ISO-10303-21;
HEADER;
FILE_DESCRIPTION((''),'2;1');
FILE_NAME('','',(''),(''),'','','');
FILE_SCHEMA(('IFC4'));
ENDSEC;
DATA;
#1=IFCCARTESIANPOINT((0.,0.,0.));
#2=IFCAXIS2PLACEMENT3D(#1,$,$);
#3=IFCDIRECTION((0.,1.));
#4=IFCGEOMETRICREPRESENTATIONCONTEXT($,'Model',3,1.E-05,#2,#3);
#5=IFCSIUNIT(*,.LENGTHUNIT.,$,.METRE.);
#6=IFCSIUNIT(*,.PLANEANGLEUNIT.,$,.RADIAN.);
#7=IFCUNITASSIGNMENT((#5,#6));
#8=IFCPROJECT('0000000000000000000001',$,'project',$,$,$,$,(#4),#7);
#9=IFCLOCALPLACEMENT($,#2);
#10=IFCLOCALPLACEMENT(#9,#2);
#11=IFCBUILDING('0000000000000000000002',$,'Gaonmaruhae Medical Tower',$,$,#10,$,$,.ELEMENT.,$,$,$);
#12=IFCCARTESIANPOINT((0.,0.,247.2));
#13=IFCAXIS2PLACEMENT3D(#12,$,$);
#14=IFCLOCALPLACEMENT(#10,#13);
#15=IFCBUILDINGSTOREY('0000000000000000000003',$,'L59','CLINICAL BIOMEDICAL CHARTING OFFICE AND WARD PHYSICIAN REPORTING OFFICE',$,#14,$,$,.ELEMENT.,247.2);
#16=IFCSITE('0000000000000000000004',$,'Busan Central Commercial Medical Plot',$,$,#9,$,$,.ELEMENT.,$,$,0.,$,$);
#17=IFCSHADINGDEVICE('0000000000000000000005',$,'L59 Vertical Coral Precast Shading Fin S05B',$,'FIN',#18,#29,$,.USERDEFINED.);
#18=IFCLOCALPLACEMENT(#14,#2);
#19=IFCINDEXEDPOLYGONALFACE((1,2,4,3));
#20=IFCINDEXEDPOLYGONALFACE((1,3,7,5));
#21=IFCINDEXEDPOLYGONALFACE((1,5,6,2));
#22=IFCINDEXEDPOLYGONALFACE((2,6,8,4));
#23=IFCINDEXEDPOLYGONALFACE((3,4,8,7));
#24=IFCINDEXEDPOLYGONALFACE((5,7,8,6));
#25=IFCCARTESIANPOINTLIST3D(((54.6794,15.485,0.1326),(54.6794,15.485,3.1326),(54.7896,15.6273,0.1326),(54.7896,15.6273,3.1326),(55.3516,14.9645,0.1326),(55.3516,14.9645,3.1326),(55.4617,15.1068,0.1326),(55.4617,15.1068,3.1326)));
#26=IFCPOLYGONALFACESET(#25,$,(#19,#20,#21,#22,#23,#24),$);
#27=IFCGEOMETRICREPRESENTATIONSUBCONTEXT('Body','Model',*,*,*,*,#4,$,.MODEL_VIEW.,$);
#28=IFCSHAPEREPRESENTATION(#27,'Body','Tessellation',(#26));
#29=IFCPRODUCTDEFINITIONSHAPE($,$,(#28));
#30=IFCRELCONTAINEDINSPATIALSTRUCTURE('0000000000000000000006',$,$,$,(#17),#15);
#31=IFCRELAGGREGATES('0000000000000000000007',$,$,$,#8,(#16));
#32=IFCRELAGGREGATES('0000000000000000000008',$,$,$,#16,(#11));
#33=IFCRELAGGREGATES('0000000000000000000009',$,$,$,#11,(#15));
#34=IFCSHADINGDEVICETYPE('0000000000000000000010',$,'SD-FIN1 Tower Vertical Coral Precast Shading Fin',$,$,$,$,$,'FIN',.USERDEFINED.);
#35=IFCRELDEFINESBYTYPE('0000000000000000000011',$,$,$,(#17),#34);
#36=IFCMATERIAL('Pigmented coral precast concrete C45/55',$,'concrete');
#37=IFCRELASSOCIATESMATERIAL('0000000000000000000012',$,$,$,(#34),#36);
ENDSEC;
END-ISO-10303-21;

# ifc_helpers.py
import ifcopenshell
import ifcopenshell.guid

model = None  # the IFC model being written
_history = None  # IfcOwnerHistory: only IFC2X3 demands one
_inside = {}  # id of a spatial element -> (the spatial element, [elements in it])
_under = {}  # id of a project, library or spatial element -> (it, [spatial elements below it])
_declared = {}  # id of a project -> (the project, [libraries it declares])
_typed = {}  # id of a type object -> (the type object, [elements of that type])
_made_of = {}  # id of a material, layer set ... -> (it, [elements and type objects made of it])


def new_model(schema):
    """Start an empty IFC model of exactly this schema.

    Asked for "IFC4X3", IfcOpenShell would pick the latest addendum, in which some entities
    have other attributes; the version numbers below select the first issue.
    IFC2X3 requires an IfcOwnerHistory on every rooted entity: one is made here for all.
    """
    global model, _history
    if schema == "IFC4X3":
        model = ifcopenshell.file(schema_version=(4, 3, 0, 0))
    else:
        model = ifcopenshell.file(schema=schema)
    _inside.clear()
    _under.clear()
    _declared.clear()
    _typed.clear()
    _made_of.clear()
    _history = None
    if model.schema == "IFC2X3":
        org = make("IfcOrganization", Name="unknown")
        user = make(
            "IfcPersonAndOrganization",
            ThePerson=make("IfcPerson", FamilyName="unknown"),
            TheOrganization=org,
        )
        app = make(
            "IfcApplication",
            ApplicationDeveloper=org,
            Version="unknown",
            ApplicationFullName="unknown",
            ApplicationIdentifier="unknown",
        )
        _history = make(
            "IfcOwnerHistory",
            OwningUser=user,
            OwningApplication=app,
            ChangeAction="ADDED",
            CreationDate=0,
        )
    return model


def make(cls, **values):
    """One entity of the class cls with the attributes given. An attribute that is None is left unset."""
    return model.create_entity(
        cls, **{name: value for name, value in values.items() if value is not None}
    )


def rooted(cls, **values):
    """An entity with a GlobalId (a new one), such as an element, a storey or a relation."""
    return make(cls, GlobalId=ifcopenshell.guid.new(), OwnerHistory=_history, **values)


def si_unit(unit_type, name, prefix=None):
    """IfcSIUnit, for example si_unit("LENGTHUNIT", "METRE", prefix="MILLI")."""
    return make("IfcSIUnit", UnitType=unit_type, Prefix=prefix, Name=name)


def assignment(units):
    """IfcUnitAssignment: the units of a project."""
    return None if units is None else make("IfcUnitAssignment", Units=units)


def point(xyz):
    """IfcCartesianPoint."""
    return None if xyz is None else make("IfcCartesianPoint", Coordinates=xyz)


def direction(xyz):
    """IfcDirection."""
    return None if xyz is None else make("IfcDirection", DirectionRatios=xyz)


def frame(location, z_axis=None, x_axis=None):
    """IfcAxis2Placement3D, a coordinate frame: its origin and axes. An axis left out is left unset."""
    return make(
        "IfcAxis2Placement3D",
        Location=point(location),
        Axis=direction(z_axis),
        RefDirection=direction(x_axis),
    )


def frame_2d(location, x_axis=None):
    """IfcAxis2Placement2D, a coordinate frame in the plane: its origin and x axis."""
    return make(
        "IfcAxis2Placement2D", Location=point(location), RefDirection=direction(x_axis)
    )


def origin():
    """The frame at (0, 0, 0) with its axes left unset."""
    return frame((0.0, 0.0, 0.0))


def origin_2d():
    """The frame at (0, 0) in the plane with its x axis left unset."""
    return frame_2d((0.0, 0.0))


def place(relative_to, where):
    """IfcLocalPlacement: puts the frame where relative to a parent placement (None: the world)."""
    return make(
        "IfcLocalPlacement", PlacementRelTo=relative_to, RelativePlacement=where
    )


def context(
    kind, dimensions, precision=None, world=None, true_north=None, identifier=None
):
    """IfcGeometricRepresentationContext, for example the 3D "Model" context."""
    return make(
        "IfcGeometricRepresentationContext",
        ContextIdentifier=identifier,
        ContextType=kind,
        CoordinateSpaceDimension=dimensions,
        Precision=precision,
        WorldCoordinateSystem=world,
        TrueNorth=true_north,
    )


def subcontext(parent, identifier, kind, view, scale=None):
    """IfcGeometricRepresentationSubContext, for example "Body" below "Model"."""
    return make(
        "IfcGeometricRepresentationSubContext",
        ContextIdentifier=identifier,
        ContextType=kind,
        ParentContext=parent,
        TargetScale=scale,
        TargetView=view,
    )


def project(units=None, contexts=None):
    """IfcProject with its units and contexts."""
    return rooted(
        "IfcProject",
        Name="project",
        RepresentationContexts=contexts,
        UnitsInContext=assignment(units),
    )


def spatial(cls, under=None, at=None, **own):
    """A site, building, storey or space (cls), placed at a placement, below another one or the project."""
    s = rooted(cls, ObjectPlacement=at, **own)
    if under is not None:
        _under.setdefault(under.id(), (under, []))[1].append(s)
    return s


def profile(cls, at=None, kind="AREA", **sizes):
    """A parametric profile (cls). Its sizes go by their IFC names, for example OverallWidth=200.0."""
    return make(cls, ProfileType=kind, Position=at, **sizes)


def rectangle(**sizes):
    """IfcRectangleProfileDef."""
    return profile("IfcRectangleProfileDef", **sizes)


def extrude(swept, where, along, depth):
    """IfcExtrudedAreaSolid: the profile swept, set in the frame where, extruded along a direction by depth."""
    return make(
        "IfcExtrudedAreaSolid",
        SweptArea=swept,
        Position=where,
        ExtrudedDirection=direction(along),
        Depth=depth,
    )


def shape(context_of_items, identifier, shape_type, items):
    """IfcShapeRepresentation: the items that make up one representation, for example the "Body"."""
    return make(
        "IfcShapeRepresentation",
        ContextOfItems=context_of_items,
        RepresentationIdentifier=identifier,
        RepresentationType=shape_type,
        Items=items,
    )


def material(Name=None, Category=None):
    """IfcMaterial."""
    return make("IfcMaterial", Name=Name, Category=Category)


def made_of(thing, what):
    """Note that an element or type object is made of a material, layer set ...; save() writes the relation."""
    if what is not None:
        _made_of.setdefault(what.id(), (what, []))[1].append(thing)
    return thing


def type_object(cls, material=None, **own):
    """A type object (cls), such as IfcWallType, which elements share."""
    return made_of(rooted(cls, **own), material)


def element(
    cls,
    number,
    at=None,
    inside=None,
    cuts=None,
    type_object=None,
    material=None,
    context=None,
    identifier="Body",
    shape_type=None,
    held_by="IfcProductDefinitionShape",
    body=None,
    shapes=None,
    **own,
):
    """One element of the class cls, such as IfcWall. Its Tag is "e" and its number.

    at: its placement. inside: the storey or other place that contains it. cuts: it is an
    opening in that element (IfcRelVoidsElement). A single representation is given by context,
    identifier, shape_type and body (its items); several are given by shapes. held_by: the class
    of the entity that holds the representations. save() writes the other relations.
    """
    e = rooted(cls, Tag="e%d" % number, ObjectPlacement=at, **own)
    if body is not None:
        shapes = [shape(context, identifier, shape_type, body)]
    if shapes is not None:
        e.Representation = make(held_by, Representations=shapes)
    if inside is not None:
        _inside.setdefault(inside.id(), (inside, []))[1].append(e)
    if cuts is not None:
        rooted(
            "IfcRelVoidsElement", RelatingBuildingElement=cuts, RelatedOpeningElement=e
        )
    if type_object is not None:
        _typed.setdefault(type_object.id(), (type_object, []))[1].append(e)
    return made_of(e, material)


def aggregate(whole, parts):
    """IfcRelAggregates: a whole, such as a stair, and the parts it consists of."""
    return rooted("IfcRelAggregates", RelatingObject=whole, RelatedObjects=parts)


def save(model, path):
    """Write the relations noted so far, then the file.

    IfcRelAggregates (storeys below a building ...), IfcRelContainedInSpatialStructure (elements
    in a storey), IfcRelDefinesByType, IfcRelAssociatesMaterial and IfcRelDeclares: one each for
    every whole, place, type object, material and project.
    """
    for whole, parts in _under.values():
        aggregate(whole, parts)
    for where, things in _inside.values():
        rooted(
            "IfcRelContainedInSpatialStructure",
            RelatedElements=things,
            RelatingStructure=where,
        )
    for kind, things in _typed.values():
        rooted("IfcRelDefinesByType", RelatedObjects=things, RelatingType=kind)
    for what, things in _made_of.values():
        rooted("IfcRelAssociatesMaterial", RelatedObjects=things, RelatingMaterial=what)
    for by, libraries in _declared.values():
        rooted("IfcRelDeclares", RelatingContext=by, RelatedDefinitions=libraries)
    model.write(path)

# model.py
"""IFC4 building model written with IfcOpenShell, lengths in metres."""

from ifc_helpers import new_model, si_unit, direction, frame, origin, origin_2d, place, context, subcontext, project, spatial, rectangle, extrude, material, type_object, element, save


model = new_model("IFC4")

# Units and contexts
model_context = context("Model", 3, precision=1e-05, world=origin(), true_north=direction((0.0, 1.0)))
body_context = subcontext(model_context, "Body", "Model", "MODEL_VIEW")
ifc_project = project(units=[si_unit("LENGTHUNIT", "METRE"), si_unit("PLANEANGLEUNIT", "RADIAN")], contexts=[model_context])

# Site, building, storey
site_placement = place(None, origin())
site = spatial("IfcSite", under=ifc_project, at=site_placement, Name="Busan Central Commercial Medical Plot", CompositionType="ELEMENT", RefElevation=0.0)
building_placement = place(site_placement, origin())
building = spatial("IfcBuilding", under=site, at=building_placement, Name="Gaonmaruhae Medical Tower", CompositionType="ELEMENT")
storey_placement = place(building_placement, frame((0.0, 0.0, 247.2)))
storey = spatial("IfcBuildingStorey", under=building, at=storey_placement, Name="L59", Description="CLINICAL BIOMEDICAL CHARTING OFFICE AND WARD PHYSICIAN REPORTING OFFICE", CompositionType="ELEMENT", Elevation=247.2)

# Shading device
ifc_material_1 = material(Name="Pigmented coral precast concrete C45/55", Category="concrete")
shading_device_type = type_object("IfcShadingDeviceType", Name="SD-FIN1 Tower Vertical Coral Precast Shading Fin", ElementType="FIN", PredefinedType="USERDEFINED", material=ifc_material_1)
shading_device_placement = place(storey_placement, frame((55.0706, 15.2959, 0.1326), z_axis=(0.0, 0.0, 1.0), x_axis=(-0.612217, -0.79069, 0.0)))
element("IfcShadingDevice", 1, at=shading_device_placement, inside=storey, type_object=shading_device_type, Name="L59 Vertical Coral Precast Shading Fin S05B", ObjectType="FIN", PredefinedType="USERDEFINED", context=body_context, shape_type="SweptSolid", body=[
    extrude(rectangle(XDim=0.1799, YDim=0.8501, at=origin_2d()), origin(), (0.0, 0.0, 1.0), 3.0),
])

save(model, "model.ifc")
